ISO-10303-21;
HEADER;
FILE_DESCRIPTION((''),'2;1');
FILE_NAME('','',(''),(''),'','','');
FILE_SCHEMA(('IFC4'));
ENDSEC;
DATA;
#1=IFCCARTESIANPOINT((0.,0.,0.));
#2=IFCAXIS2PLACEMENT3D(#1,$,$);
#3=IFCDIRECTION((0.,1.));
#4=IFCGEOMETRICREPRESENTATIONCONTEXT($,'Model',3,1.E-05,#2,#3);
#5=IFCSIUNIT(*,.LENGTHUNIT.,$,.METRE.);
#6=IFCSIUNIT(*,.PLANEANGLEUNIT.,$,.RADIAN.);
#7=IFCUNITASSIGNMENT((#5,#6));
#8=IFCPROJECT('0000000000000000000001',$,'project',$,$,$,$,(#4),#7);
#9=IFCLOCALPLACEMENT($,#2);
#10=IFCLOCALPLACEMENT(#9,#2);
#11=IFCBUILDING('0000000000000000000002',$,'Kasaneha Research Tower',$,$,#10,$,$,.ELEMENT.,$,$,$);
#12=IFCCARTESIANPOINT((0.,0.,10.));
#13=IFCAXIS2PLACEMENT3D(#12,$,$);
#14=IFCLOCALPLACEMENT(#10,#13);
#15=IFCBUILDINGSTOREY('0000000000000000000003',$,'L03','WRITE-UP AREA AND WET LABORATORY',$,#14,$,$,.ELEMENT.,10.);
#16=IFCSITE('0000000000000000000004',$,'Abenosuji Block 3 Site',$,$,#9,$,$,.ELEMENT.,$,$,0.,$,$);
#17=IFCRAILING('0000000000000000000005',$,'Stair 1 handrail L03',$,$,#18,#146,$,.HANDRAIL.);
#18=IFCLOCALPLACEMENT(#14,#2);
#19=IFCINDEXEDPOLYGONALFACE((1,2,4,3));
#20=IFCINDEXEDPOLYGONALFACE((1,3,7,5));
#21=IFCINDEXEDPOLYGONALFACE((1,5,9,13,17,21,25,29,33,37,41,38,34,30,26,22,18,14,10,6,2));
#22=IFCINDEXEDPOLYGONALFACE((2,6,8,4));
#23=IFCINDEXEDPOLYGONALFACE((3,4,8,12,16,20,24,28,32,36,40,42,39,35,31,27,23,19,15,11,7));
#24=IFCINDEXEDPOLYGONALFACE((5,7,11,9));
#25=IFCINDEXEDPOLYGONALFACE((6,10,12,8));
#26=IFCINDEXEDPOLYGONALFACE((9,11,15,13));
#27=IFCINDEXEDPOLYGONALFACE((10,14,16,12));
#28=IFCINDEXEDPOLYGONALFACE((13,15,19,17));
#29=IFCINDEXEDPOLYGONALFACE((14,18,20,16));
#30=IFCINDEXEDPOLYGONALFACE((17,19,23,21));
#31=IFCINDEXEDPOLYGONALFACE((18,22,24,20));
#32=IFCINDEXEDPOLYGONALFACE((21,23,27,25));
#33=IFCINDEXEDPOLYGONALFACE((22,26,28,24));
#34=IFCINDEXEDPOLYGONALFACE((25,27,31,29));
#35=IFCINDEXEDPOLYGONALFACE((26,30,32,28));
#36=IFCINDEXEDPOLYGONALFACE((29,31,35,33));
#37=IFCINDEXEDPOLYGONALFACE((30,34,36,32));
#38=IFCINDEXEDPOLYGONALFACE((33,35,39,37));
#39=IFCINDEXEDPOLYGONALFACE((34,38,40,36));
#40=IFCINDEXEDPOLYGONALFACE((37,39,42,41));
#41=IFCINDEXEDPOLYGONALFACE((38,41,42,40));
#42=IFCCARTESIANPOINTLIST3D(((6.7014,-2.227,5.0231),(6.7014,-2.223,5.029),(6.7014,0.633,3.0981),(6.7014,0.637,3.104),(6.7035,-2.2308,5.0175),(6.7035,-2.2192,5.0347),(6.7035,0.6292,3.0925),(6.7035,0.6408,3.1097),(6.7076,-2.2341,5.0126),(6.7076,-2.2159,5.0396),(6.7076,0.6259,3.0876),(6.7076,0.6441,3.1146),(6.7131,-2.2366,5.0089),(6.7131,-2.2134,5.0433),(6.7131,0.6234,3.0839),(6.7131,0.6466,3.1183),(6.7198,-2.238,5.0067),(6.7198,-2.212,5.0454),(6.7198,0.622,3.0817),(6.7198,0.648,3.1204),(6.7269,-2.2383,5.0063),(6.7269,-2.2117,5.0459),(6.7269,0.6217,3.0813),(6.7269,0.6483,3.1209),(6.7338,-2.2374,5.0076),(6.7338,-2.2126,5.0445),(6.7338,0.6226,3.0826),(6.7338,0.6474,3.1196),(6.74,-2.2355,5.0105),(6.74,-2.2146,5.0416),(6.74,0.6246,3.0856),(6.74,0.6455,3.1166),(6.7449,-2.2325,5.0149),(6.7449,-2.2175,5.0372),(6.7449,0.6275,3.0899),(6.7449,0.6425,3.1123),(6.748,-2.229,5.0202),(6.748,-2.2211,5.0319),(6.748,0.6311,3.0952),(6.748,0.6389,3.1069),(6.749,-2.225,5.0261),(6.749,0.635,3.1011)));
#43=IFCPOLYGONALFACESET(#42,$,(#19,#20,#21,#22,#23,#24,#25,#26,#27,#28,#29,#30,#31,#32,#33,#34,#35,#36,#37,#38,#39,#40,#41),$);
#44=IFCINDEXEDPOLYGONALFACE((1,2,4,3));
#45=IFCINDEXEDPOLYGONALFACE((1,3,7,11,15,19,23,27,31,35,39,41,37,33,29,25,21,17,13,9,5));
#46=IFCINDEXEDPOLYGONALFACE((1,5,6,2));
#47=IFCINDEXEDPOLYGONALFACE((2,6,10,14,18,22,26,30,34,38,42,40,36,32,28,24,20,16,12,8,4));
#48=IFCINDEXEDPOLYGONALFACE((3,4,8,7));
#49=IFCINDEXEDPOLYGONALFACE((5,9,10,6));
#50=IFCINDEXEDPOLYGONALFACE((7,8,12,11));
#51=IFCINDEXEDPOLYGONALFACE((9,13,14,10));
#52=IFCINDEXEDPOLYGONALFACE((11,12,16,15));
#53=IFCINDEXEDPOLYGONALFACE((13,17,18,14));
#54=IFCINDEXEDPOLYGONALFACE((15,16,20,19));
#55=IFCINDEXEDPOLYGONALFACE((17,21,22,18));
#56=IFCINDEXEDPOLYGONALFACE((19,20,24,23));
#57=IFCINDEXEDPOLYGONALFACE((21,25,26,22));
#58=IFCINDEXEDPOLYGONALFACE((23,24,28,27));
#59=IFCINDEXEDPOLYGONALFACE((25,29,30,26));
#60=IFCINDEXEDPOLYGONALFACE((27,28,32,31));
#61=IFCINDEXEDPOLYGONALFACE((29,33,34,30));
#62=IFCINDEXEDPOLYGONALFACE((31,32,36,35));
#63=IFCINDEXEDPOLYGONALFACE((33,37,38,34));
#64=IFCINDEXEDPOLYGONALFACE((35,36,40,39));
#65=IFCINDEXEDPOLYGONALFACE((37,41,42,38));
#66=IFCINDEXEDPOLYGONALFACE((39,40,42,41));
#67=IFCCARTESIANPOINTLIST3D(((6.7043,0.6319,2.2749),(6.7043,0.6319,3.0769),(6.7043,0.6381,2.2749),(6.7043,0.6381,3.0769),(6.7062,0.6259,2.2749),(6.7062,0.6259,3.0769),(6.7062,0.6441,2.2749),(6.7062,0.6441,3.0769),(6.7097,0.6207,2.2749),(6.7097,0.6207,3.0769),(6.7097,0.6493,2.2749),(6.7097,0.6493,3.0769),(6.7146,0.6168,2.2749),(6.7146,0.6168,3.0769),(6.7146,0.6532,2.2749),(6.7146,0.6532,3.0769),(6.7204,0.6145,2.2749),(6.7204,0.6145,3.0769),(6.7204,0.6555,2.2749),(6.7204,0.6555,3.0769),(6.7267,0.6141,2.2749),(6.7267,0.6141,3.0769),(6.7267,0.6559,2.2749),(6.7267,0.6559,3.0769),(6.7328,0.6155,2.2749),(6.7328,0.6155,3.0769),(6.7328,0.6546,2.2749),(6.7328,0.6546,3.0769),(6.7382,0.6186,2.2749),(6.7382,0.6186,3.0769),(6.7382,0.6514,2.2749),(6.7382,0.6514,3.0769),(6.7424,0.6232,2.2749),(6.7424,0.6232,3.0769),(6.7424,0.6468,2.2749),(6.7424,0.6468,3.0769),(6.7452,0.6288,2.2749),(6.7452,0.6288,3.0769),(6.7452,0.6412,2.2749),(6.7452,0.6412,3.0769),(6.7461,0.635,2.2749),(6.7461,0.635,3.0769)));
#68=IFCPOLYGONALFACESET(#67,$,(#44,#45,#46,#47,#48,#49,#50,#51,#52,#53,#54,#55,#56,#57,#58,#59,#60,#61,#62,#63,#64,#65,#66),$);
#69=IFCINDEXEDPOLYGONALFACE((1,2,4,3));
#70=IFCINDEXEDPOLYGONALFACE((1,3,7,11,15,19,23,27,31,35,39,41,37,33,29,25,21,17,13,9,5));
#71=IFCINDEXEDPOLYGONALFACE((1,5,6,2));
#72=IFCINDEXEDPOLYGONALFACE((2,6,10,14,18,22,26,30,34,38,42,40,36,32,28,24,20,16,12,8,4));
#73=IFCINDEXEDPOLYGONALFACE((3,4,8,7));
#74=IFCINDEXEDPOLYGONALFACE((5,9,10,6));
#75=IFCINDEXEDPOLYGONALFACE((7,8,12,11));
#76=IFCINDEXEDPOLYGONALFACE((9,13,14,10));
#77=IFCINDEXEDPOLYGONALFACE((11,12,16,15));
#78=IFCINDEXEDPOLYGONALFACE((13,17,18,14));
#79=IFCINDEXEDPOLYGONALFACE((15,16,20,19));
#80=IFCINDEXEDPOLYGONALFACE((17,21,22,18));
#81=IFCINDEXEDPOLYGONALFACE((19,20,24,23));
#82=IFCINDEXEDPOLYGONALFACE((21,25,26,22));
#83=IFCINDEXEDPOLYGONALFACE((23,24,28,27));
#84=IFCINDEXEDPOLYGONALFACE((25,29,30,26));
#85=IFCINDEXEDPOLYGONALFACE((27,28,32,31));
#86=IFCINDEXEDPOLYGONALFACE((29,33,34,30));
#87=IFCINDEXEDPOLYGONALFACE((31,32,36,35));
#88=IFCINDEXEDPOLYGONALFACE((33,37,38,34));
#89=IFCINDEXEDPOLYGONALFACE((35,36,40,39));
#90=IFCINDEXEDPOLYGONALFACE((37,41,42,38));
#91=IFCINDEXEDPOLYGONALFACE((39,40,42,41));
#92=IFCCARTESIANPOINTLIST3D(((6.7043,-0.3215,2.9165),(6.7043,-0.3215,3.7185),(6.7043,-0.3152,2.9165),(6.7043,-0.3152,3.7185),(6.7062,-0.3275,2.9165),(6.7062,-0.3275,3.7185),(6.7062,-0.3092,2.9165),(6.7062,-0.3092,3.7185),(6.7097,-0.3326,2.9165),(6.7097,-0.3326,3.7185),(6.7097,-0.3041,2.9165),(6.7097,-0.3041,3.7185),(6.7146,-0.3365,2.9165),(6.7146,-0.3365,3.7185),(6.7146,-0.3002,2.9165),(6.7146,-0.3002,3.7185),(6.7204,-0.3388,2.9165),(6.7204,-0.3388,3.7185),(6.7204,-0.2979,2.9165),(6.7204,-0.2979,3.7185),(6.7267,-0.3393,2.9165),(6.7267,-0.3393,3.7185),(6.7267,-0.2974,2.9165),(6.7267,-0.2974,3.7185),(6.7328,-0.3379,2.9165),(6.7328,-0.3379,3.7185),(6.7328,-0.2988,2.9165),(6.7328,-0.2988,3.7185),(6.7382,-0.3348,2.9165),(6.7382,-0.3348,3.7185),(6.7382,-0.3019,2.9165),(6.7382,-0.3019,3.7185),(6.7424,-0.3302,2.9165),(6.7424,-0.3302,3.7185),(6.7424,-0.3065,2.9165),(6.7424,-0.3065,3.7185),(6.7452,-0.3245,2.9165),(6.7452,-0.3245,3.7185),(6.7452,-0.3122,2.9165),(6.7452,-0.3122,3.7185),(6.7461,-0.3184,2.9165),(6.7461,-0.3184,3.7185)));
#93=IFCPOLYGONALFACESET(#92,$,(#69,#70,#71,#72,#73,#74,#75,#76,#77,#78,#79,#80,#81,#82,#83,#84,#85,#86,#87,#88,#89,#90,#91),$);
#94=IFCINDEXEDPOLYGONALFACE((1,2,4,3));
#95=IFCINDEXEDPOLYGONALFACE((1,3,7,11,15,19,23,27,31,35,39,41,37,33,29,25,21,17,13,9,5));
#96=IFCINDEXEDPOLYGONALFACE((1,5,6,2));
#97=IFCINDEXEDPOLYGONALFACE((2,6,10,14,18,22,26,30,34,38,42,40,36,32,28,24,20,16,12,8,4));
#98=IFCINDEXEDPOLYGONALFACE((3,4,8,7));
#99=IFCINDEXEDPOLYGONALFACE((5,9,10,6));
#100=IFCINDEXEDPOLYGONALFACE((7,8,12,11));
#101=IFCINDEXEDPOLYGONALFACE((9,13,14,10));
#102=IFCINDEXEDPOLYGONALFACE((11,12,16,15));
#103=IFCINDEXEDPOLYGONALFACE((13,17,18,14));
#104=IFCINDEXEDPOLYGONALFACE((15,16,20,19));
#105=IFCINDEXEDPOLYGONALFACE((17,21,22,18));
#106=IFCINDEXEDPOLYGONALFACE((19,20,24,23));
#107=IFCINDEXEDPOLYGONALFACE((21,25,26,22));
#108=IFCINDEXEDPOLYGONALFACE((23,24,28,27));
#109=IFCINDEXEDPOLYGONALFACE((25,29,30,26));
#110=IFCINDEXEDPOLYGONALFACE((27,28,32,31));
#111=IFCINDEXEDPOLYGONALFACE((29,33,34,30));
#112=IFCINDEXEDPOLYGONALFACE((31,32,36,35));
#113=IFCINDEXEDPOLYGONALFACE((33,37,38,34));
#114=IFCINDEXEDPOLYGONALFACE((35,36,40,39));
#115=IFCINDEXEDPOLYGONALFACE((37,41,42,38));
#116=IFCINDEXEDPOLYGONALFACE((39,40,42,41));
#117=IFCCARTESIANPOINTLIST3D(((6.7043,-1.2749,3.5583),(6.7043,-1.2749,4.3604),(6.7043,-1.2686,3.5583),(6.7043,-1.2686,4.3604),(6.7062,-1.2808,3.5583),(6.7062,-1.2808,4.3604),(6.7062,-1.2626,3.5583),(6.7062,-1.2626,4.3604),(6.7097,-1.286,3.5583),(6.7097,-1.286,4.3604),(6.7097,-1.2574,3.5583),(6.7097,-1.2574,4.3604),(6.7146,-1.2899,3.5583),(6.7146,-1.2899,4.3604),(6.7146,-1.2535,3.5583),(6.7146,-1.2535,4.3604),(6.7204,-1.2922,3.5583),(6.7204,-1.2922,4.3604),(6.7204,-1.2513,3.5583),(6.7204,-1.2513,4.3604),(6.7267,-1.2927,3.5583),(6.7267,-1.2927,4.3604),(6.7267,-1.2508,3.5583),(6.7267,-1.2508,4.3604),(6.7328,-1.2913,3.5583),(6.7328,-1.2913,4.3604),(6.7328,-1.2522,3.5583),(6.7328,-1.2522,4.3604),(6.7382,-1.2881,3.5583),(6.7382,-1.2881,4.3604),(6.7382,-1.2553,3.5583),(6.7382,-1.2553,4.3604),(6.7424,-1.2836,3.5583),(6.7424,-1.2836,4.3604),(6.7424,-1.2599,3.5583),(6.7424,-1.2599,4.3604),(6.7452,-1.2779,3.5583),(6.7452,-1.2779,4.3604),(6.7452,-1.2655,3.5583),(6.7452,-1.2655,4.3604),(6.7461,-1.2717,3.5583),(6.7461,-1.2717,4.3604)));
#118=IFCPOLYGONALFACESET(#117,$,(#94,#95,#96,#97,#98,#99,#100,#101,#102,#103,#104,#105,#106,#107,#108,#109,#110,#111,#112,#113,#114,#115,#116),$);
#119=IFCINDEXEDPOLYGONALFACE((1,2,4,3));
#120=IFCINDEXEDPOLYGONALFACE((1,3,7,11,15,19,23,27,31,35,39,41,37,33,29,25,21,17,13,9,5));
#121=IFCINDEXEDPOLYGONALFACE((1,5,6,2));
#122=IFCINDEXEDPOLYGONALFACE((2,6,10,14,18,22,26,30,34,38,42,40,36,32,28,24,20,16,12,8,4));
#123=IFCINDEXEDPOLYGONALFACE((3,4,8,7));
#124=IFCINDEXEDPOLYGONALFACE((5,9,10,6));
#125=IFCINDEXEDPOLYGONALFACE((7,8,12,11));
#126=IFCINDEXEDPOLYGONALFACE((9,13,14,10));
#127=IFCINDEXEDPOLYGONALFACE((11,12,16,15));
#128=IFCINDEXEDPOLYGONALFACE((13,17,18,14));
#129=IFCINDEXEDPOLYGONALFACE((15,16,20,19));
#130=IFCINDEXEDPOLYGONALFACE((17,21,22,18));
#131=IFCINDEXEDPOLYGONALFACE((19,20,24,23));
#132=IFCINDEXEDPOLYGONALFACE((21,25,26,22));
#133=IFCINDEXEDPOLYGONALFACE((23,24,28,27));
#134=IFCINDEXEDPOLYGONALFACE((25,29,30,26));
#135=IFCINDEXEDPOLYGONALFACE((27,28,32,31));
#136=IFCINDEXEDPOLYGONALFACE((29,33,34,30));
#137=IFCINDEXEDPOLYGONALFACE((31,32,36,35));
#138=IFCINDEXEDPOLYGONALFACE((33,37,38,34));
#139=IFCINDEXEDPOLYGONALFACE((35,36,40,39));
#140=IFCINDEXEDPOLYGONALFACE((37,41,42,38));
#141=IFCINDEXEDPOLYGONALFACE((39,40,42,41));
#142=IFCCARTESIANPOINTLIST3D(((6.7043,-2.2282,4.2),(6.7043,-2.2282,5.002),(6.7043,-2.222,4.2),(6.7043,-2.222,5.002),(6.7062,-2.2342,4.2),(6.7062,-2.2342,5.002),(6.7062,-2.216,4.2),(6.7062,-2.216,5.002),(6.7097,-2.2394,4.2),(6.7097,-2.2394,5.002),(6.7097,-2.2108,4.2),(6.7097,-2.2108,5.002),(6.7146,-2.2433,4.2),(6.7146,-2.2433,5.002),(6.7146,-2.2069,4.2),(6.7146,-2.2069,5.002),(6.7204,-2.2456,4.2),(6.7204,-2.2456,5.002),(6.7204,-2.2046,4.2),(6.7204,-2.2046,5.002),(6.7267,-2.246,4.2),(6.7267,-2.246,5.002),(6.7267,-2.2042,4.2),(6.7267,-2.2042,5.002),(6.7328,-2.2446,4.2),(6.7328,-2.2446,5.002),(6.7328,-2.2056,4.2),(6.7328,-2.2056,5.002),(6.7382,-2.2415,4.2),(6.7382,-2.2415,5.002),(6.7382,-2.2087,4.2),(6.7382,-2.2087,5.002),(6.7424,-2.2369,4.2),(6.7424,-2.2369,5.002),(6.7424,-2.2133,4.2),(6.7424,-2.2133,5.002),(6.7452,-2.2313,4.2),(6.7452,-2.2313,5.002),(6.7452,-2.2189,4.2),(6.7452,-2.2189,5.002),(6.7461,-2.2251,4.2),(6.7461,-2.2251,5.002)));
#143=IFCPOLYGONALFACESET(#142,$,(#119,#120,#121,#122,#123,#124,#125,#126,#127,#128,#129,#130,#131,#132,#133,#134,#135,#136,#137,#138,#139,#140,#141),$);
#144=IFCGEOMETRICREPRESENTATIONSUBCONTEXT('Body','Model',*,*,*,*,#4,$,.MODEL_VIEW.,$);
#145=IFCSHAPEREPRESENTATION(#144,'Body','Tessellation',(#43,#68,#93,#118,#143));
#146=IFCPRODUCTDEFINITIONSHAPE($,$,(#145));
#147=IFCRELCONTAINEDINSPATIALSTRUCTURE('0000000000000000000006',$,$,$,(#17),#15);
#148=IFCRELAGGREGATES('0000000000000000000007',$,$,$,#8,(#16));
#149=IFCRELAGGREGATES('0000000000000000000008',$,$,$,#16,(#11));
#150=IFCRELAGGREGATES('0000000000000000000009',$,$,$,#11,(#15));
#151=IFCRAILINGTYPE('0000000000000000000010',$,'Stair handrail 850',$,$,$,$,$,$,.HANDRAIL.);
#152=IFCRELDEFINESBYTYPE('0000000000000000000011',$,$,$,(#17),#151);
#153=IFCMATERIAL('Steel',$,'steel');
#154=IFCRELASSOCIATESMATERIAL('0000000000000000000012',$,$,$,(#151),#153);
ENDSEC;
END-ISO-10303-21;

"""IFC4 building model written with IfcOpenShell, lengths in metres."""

from ifc_helpers import new_model, si_unit, direction, frame, origin, origin_2d, place, context, subcontext, project, spatial, circle, extrude, material, type_object, element, save


model = new_model("IFC4")

# Units and contexts
model_context = context("Model", 3, precision=1e-05, world=origin(), true_north=direction((0.0, 1.0)))
body_context = subcontext(model_context, "Body", "Model", "MODEL_VIEW")
ifc_project = project(units=[si_unit("LENGTHUNIT", "METRE"), si_unit("PLANEANGLEUNIT", "RADIAN")], contexts=[model_context])

# Site, building, storey
site_placement = place(None, origin())
site = spatial("IfcSite", under=ifc_project, at=site_placement, Name="Abenosuji Block 3 Site", CompositionType="ELEMENT", RefElevation=0.0)
building_placement = place(site_placement, origin())
building = spatial("IfcBuilding", under=site, at=building_placement, Name="Kasaneha Research Tower", CompositionType="ELEMENT")
storey_placement = place(building_placement, frame((0.0, 0.0, 10.0)))
storey = spatial("IfcBuildingStorey", under=building, at=storey_placement, Name="L03", Description="WRITE-UP AREA AND WET LABORATORY", CompositionType="ELEMENT", Elevation=10.0)

# Railing
ifc_material_1 = material(Name="Steel", Category="steel")
railing_type_1 = type_object("IfcRailingType", Name="Stair handrail 850", PredefinedType="HANDRAIL", material=ifc_material_1)
railing_1_placement = place(storey_placement, frame((6.7251, 0.635, 2.2749)))
element("IfcRailing", 1, at=railing_1_placement, inside=storey, type_object=railing_type_1, Name="Stair 1 handrail L03", PredefinedType="HANDRAIL", context=body_context, shape_type="SweptSolid", body=[
    extrude(circle(Radius=0.0239, at=origin_2d()), frame((0.0, 0.0, 0.8262), z_axis=(0.0, -0.829591, 0.558372), x_axis=(1.0, 0.0, 0.0)), (0.0, 0.0, 1.0), 3.4475),
    extrude(circle(Radius=0.021, at=origin_2d()), origin(), (0.0, 0.0, 1.0), 0.802),
    extrude(circle(Radius=0.021, at=origin_2d()), frame((0.0, -0.9534, 0.6416)), (0.0, 0.0, 1.0), 0.802),
    extrude(circle(Radius=0.021, at=origin_2d()), frame((0.0, -1.9067, 1.2834)), (0.0, 0.0, 1.0), 0.802),
    extrude(circle(Radius=0.021, at=origin_2d()), frame((0.0, -2.8601, 1.925)), (0.0, 0.0, 1.0), 0.802),
])

save(model, "model.ifc")
